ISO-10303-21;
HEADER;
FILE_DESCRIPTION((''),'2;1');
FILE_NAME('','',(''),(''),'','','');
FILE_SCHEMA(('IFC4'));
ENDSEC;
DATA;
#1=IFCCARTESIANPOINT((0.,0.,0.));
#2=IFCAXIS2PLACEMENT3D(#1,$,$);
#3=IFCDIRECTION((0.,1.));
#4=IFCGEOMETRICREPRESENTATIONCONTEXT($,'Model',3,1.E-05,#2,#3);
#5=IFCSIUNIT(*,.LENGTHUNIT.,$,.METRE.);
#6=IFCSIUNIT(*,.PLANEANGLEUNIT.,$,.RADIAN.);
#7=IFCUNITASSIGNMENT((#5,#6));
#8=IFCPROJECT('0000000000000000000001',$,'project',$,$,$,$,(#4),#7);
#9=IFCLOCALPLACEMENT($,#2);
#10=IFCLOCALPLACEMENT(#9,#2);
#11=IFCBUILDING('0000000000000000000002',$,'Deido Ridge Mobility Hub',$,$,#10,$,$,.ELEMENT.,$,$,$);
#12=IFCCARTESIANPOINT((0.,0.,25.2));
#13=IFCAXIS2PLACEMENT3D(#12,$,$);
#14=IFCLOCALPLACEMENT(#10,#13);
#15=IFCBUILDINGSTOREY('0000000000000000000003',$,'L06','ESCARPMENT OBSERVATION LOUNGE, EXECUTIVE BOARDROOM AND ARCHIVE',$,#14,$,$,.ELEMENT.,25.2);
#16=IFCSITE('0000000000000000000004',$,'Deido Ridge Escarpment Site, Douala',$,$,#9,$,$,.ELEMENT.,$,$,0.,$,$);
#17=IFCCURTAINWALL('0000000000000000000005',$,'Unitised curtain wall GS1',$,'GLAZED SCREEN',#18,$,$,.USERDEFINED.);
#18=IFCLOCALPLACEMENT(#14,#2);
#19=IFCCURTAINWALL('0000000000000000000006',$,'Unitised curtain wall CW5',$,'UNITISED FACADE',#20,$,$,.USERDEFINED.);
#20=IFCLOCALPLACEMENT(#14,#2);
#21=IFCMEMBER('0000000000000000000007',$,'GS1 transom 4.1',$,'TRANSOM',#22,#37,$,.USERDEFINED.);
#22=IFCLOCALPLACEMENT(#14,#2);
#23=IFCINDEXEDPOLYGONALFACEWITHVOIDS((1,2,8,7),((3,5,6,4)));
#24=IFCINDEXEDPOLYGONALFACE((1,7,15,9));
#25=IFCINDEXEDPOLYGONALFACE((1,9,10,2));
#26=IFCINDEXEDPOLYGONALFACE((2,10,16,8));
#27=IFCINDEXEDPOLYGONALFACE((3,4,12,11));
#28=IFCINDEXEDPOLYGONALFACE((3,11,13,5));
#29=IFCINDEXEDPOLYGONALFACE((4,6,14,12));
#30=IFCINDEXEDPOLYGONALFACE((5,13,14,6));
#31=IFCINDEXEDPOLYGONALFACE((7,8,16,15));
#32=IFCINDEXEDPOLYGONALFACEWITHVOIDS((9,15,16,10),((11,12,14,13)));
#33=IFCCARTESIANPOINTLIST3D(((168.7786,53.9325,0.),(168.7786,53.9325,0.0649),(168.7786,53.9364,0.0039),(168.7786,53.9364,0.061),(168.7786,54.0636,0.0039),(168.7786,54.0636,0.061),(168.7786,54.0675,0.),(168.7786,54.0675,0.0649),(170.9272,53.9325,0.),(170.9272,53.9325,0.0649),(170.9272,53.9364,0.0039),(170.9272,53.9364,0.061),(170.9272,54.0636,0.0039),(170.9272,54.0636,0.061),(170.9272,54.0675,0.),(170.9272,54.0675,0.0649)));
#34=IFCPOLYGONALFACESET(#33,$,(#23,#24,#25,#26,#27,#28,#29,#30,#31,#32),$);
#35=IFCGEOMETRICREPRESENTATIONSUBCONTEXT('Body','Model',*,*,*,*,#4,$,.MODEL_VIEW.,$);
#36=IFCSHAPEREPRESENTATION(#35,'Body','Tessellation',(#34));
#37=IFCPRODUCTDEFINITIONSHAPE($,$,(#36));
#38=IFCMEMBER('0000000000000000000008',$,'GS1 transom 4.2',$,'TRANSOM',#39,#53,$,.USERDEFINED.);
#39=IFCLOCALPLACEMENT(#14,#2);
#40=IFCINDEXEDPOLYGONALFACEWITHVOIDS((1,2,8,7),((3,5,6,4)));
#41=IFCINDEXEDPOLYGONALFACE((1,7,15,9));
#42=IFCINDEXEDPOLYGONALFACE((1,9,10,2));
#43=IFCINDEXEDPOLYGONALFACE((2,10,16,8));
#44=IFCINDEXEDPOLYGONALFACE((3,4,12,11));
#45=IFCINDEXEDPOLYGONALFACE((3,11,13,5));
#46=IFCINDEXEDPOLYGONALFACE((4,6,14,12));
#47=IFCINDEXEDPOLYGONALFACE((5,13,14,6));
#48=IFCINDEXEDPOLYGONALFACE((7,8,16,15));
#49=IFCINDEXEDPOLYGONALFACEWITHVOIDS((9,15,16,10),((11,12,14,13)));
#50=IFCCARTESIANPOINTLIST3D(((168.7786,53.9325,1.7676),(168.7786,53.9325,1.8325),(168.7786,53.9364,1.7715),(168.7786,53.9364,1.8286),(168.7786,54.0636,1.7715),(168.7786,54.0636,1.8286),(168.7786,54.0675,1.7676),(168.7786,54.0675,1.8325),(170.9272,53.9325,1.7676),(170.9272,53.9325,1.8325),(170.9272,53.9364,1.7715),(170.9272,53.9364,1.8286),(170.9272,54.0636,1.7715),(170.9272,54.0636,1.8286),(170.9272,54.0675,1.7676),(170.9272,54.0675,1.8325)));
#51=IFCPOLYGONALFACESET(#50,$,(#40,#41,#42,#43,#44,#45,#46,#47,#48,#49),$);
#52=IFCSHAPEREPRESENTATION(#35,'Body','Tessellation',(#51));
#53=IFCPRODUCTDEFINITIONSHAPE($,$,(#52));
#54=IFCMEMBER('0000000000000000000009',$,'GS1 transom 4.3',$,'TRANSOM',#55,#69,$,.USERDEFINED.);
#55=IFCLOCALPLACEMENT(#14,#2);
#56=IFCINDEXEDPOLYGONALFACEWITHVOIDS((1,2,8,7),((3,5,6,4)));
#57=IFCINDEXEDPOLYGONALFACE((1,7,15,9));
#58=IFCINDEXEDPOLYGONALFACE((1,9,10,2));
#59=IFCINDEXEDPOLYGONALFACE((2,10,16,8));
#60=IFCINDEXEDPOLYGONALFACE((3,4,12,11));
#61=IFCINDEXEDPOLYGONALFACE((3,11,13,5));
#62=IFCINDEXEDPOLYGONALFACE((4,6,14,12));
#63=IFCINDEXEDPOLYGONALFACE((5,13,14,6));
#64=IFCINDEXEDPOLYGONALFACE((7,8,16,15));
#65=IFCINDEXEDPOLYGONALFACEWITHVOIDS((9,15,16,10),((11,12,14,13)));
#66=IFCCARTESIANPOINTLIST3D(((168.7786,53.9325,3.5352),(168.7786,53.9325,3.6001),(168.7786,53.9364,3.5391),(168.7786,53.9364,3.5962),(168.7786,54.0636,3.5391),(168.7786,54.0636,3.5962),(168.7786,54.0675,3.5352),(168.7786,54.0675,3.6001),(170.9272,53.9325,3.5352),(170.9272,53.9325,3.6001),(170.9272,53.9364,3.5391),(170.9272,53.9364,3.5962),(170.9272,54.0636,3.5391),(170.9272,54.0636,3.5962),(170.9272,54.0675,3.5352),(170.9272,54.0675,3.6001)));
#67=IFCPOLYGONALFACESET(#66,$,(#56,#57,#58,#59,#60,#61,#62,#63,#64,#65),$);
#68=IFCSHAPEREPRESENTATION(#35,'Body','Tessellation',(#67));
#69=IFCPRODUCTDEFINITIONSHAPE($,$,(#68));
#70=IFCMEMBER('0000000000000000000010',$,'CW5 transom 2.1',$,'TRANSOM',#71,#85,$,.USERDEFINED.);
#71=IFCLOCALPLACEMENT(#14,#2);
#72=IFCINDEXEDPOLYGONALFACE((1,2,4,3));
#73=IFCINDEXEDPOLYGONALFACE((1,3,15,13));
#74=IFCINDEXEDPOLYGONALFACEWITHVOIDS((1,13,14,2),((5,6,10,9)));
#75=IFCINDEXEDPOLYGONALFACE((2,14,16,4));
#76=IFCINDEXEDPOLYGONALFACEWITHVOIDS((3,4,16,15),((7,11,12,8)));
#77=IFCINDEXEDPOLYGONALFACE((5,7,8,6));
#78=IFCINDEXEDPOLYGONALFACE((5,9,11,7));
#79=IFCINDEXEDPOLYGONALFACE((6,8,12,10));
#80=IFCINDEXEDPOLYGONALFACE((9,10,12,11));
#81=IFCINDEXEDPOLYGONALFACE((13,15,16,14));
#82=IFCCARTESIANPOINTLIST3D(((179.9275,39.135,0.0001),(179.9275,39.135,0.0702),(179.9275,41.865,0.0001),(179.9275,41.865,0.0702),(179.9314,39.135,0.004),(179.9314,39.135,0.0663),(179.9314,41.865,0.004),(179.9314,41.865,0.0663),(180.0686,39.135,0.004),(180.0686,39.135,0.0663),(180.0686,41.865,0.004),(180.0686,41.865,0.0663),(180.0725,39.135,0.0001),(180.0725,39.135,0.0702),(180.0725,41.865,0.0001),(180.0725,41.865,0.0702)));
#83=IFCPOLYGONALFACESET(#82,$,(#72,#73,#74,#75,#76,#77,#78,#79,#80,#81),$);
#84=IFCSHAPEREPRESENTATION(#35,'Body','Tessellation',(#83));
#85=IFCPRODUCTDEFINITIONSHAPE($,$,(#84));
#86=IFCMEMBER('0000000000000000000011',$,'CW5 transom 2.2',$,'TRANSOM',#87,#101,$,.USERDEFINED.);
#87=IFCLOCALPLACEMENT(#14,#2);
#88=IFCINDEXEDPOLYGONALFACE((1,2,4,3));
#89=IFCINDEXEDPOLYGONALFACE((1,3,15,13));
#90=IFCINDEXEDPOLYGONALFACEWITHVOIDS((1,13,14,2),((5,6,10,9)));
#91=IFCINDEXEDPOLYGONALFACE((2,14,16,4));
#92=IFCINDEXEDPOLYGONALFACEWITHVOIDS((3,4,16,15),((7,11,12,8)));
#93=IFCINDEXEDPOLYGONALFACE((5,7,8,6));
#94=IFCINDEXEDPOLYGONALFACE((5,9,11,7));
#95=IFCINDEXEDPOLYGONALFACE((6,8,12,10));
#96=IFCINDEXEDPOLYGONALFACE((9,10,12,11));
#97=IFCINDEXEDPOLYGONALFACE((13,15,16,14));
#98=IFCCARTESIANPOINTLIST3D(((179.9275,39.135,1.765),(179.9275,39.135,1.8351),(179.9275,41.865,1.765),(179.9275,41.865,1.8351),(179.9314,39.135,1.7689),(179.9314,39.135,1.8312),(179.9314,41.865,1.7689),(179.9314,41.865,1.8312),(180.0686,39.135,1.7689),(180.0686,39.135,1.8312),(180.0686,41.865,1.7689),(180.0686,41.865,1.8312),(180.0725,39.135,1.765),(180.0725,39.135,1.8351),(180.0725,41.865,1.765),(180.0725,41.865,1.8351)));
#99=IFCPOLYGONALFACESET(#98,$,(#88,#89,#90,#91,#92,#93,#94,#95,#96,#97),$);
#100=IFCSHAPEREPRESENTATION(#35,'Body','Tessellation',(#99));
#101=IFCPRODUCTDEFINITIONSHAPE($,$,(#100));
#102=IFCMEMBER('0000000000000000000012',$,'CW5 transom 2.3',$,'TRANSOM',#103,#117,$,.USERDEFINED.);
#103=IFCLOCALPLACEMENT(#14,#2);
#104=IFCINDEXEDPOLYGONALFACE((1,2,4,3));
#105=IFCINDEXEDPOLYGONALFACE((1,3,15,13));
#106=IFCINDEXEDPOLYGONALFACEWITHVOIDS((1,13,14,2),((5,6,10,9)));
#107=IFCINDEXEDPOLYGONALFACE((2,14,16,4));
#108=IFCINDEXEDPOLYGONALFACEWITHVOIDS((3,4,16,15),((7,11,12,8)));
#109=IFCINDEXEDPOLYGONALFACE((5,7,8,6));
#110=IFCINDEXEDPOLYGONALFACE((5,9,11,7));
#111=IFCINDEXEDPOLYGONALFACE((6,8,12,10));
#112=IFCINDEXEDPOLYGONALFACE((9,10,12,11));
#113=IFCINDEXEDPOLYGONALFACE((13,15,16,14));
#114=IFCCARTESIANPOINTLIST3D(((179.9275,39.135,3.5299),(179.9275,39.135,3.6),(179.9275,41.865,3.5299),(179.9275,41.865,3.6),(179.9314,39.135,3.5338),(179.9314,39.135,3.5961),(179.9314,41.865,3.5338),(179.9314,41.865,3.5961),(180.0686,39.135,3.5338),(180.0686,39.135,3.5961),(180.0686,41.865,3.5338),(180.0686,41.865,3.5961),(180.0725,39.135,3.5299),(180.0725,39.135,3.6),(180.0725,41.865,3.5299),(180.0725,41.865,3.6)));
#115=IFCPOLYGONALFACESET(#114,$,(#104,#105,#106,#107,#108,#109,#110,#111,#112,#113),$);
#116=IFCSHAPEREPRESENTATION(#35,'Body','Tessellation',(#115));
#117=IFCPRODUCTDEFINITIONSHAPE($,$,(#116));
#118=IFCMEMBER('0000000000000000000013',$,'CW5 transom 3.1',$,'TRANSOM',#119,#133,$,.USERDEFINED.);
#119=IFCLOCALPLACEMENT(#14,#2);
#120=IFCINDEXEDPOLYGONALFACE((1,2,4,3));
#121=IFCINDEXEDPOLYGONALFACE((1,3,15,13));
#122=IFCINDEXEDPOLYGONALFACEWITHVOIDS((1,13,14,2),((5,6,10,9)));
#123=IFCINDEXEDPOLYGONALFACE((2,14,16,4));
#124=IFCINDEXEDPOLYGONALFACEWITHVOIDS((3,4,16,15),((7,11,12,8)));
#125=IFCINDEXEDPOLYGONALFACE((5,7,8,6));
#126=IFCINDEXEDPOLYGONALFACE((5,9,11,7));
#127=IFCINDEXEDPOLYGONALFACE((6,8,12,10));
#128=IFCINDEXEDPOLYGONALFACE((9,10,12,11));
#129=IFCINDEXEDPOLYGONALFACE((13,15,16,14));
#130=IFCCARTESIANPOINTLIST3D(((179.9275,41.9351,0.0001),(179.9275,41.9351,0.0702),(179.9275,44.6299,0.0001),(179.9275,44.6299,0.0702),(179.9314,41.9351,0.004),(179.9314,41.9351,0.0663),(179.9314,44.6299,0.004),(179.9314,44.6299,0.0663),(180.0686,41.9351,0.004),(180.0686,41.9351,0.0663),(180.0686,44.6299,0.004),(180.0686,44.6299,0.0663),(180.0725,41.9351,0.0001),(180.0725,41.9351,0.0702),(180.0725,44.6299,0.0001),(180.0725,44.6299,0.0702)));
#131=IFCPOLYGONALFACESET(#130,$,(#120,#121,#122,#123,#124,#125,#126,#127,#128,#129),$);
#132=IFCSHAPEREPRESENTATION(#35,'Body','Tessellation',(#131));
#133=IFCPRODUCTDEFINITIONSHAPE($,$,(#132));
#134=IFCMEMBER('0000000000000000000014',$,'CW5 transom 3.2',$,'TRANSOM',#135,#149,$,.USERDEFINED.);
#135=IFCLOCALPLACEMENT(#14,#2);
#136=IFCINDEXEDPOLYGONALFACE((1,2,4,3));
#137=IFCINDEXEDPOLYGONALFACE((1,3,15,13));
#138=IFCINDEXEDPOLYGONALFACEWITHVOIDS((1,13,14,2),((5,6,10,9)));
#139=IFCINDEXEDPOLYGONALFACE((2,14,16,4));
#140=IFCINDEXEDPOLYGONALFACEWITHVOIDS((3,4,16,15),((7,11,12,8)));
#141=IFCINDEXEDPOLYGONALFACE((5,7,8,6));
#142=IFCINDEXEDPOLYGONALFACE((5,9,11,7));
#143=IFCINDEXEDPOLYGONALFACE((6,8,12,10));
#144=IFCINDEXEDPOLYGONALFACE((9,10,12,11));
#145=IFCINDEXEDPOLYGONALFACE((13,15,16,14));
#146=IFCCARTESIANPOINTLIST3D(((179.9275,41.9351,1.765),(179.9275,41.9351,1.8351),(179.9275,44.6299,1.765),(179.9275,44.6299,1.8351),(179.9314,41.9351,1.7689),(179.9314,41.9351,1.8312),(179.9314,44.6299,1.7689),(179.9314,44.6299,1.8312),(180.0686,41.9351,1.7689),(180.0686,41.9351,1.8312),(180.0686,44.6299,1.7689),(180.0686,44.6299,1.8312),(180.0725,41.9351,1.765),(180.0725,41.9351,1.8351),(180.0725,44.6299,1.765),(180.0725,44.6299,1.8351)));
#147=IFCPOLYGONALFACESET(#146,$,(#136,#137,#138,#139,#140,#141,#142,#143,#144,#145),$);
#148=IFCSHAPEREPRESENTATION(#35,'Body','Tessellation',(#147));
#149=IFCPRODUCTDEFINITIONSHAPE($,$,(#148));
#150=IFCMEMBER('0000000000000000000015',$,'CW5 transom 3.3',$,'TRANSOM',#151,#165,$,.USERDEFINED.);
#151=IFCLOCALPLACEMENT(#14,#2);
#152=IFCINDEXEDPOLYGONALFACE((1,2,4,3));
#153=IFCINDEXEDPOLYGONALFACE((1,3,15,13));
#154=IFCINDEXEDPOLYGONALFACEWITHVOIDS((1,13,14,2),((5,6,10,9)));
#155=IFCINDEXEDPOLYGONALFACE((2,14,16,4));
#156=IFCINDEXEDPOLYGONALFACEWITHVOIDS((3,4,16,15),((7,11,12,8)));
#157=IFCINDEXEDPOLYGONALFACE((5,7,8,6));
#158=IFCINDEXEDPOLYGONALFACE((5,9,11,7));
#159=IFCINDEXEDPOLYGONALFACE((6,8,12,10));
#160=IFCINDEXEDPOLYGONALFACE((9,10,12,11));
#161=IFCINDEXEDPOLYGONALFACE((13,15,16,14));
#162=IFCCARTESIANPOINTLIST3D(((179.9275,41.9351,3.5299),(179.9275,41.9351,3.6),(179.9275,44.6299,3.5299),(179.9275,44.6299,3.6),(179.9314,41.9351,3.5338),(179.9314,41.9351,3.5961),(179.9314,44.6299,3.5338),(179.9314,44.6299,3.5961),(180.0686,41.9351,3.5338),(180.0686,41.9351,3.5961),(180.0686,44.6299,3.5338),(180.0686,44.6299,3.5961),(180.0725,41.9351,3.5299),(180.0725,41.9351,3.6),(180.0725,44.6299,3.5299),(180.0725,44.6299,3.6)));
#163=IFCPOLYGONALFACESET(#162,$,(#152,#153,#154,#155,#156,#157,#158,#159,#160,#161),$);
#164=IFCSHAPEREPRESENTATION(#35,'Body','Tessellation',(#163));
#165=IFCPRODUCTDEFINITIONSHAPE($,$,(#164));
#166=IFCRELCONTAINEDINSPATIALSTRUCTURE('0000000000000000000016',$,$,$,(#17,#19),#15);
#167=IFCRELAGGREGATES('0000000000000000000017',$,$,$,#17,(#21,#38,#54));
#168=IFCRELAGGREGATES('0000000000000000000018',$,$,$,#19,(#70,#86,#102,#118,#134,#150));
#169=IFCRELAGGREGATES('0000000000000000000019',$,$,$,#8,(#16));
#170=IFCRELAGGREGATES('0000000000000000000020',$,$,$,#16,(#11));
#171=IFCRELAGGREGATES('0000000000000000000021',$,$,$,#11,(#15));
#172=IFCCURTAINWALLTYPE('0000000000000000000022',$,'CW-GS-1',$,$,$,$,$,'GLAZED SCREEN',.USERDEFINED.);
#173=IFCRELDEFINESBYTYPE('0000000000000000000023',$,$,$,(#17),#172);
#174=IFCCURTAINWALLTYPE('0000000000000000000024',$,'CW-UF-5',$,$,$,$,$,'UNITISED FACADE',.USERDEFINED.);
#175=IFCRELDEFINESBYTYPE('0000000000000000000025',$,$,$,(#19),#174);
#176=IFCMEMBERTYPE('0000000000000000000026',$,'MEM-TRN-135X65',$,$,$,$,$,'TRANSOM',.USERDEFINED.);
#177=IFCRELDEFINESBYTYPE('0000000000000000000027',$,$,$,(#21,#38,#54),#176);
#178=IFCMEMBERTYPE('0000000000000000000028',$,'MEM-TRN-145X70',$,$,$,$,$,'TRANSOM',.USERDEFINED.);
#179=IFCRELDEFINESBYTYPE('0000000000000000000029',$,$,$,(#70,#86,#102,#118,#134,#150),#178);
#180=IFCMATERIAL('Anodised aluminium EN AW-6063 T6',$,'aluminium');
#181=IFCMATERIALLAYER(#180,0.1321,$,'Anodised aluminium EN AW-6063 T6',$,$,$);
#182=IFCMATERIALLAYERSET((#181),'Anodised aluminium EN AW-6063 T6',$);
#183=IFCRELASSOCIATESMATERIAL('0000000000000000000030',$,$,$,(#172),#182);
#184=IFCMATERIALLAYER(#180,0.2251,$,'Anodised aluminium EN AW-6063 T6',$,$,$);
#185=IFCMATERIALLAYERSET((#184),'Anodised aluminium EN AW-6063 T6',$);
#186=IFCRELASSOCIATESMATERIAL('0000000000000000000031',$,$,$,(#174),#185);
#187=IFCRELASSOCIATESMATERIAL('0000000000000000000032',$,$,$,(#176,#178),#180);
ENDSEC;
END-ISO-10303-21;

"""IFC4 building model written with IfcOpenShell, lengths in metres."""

from ifc_helpers import new_model, si_unit, direction, frame, origin, origin_2d, place, context, subcontext, project, spatial, hollow_rectangle, extrude, material, layer, layer_set, material_profile, profile_set, type_object, element, aggregate, save


model = new_model("IFC4")

# Units and contexts
model_context = context("Model", 3, precision=1e-05, world=origin(), true_north=direction((0.0, 1.0)))
body_context = subcontext(model_context, "Body", "Model", "MODEL_VIEW")
ifc_project = project(units=[si_unit("LENGTHUNIT", "METRE"), si_unit("PLANEANGLEUNIT", "RADIAN")], contexts=[model_context])

# Site, building, storey
site_placement = place(None, origin())
site = spatial("IfcSite", under=ifc_project, at=site_placement, Name="Deido Ridge Escarpment Site, Douala", CompositionType="ELEMENT", RefElevation=0.0)
building_placement = place(site_placement, origin())
building = spatial("IfcBuilding", under=site, at=building_placement, Name="Deido Ridge Mobility Hub", CompositionType="ELEMENT")
storey_placement = place(building_placement, frame((0.0, 0.0, 25.2)))
storey = spatial("IfcBuildingStorey", under=building, at=storey_placement, Name="L06", Description="ESCARPMENT OBSERVATION LOUNGE, EXECUTIVE BOARDROOM AND ARCHIVE", CompositionType="ELEMENT", Elevation=25.2)

# Curtain wall
ifc_material_1 = material(Name="Anodised aluminium EN AW-6063 T6", Category="aluminium")
ifc_layer_1 = layer(ifc_material_1, 0.1321, Name="Anodised aluminium EN AW-6063 T6")
ifc_layer_set_1 = layer_set([ifc_layer_1], Name="Anodised aluminium EN AW-6063 T6")
curtain_wall_type_1 = type_object("IfcCurtainWallType", Name="CW-GS-1", ElementType="GLAZED SCREEN", PredefinedType="USERDEFINED", material=ifc_layer_set_1)
curtain_wall_1_placement = place(storey_placement, origin())
curtain_wall_1 = element("IfcCurtainWall", 1, at=curtain_wall_1_placement, inside=storey, type_object=curtain_wall_type_1, Name="Unitised curtain wall GS1", ObjectType="GLAZED SCREEN", PredefinedType="USERDEFINED")

# Curtain wall
ifc_layer_2 = layer(ifc_material_1, 0.2251, Name="Anodised aluminium EN AW-6063 T6")
ifc_layer_set_2 = layer_set([ifc_layer_2], Name="Anodised aluminium EN AW-6063 T6")
curtain_wall_type_2 = type_object("IfcCurtainWallType", Name="CW-UF-5", ElementType="UNITISED FACADE", PredefinedType="USERDEFINED", material=ifc_layer_set_2)
curtain_wall_2_placement = place(storey_placement, origin())
curtain_wall_2 = element("IfcCurtainWall", 2, at=curtain_wall_2_placement, inside=storey, type_object=curtain_wall_type_2, Name="Unitised curtain wall CW5", ObjectType="UNITISED FACADE", PredefinedType="USERDEFINED")

# Members
ifc_material_profile_1 = material_profile(ifc_material_1, hollow_rectangle(XDim=0.135, YDim=0.0649, WallThickness=0.0039, at=origin_2d()), Name="RHS 135x65x4")
ifc_profile_set_1 = profile_set([ifc_material_profile_1], Name="Anodised aluminium EN AW-6063 T6")
member_type_1 = type_object("IfcMemberType", Name="MEM-TRN-135X65", ElementType="TRANSOM", PredefinedType="USERDEFINED", material=ifc_profile_set_1)
member_1_placement = place(storey_placement, frame((168.7786, 54.0, 0.0325), z_axis=(1.0, 0.0, 0.0), x_axis=(0.0, 1.0, 0.0)))
member_1 = element("IfcMember", 3, at=member_1_placement, type_object=member_type_1, Name="GS1 transom 4.1", ObjectType="TRANSOM", PredefinedType="USERDEFINED", context=body_context, shape_type="SweptSolid", body=[
    extrude(hollow_rectangle(XDim=0.135, YDim=0.0649, WallThickness=0.0039, at=origin_2d()), origin(), (0.0, 0.0, 1.0), 2.1487),
])
member_2_placement = place(storey_placement, frame((168.7786, 54.0, 1.8), z_axis=(1.0, 0.0, 0.0), x_axis=(0.0, 1.0, 0.0)))
member_2 = element("IfcMember", 4, at=member_2_placement, type_object=member_type_1, Name="GS1 transom 4.2", ObjectType="TRANSOM", PredefinedType="USERDEFINED", context=body_context, shape_type="SweptSolid", body=[
    extrude(hollow_rectangle(XDim=0.135, YDim=0.0649, WallThickness=0.0039, at=origin_2d()), origin(), (0.0, 0.0, 1.0), 2.1487),
])
member_3_placement = place(storey_placement, frame((168.7786, 54.0, 3.5676), z_axis=(1.0, 0.0, 0.0), x_axis=(0.0, 1.0, 0.0)))
member_3 = element("IfcMember", 5, at=member_3_placement, type_object=member_type_1, Name="GS1 transom 4.3", ObjectType="TRANSOM", PredefinedType="USERDEFINED", context=body_context, shape_type="SweptSolid", body=[
    extrude(hollow_rectangle(XDim=0.135, YDim=0.0649, WallThickness=0.0039, at=origin_2d()), origin(), (0.0, 0.0, 1.0), 2.1487),
])
ifc_material_profile_2 = material_profile(ifc_material_1, hollow_rectangle(XDim=0.145, YDim=0.0701, WallThickness=0.0039, at=origin_2d()), Name="RHS 145x70x4")
ifc_profile_set_2 = profile_set([ifc_material_profile_2], Name="Anodised aluminium EN AW-6063 T6")
member_type_2 = type_object("IfcMemberType", Name="MEM-TRN-145X70", ElementType="TRANSOM", PredefinedType="USERDEFINED", material=ifc_profile_set_2)
member_4_placement = place(storey_placement, frame((180.0, 39.135, 0.0352), z_axis=(0.0, 1.0, 0.0), x_axis=(-1.0, 0.0, 0.0)))
member_4 = element("IfcMember", 6, at=member_4_placement, type_object=member_type_2, Name="CW5 transom 2.1", ObjectType="TRANSOM", PredefinedType="USERDEFINED", context=body_context, shape_type="SweptSolid", body=[
    extrude(hollow_rectangle(XDim=0.145, YDim=0.0701, WallThickness=0.0039, at=origin_2d()), origin(), (0.0, 0.0, 1.0), 2.73),
])
member_5_placement = place(storey_placement, frame((180.0, 39.135, 1.8), z_axis=(0.0, 1.0, 0.0), x_axis=(-1.0, 0.0, 0.0)))
member_5 = element("IfcMember", 7, at=member_5_placement, type_object=member_type_2, Name="CW5 transom 2.2", ObjectType="TRANSOM", PredefinedType="USERDEFINED", context=body_context, shape_type="SweptSolid", body=[
    extrude(hollow_rectangle(XDim=0.145, YDim=0.0701, WallThickness=0.0039, at=origin_2d()), origin(), (0.0, 0.0, 1.0), 2.73),
])
member_6_placement = place(storey_placement, frame((180.0, 39.135, 3.5649), z_axis=(0.0, 1.0, 0.0), x_axis=(-1.0, 0.0, 0.0)))
member_6 = element("IfcMember", 8, at=member_6_placement, type_object=member_type_2, Name="CW5 transom 2.3", ObjectType="TRANSOM", PredefinedType="USERDEFINED", context=body_context, shape_type="SweptSolid", body=[
    extrude(hollow_rectangle(XDim=0.145, YDim=0.0701, WallThickness=0.0039, at=origin_2d()), origin(), (0.0, 0.0, 1.0), 2.73),
])
member_7_placement = place(storey_placement, frame((180.0, 41.9351, 0.0352), z_axis=(0.0, 1.0, 0.0), x_axis=(-1.0, 0.0, 0.0)))
member_7 = element("IfcMember", 9, at=member_7_placement, type_object=member_type_2, Name="CW5 transom 3.1", ObjectType="TRANSOM", PredefinedType="USERDEFINED", context=body_context, shape_type="SweptSolid", body=[
    extrude(hollow_rectangle(XDim=0.145, YDim=0.0701, WallThickness=0.0039, at=origin_2d()), origin(), (0.0, 0.0, 1.0), 2.6948),
])
member_8_placement = place(storey_placement, frame((180.0, 41.9351, 1.8), z_axis=(0.0, 1.0, 0.0), x_axis=(-1.0, 0.0, 0.0)))
member_8 = element("IfcMember", 10, at=member_8_placement, type_object=member_type_2, Name="CW5 transom 3.2", ObjectType="TRANSOM", PredefinedType="USERDEFINED", context=body_context, shape_type="SweptSolid", body=[
    extrude(hollow_rectangle(XDim=0.145, YDim=0.0701, WallThickness=0.0039, at=origin_2d()), origin(), (0.0, 0.0, 1.0), 2.6948),
])
member_9_placement = place(storey_placement, frame((180.0, 41.9351, 3.5649), z_axis=(0.0, 1.0, 0.0), x_axis=(-1.0, 0.0, 0.0)))
member_9 = element("IfcMember", 11, at=member_9_placement, type_object=member_type_2, Name="CW5 transom 3.3", ObjectType="TRANSOM", PredefinedType="USERDEFINED", context=body_context, shape_type="SweptSolid", body=[
    extrude(hollow_rectangle(XDim=0.145, YDim=0.0701, WallThickness=0.0039, at=origin_2d()), origin(), (0.0, 0.0, 1.0), 2.6948),
])

aggregate(curtain_wall_1, [member_1, member_2, member_3])
aggregate(curtain_wall_2, [member_4, member_5, member_6, member_7, member_8, member_9])

save(model, "model.ifc")
